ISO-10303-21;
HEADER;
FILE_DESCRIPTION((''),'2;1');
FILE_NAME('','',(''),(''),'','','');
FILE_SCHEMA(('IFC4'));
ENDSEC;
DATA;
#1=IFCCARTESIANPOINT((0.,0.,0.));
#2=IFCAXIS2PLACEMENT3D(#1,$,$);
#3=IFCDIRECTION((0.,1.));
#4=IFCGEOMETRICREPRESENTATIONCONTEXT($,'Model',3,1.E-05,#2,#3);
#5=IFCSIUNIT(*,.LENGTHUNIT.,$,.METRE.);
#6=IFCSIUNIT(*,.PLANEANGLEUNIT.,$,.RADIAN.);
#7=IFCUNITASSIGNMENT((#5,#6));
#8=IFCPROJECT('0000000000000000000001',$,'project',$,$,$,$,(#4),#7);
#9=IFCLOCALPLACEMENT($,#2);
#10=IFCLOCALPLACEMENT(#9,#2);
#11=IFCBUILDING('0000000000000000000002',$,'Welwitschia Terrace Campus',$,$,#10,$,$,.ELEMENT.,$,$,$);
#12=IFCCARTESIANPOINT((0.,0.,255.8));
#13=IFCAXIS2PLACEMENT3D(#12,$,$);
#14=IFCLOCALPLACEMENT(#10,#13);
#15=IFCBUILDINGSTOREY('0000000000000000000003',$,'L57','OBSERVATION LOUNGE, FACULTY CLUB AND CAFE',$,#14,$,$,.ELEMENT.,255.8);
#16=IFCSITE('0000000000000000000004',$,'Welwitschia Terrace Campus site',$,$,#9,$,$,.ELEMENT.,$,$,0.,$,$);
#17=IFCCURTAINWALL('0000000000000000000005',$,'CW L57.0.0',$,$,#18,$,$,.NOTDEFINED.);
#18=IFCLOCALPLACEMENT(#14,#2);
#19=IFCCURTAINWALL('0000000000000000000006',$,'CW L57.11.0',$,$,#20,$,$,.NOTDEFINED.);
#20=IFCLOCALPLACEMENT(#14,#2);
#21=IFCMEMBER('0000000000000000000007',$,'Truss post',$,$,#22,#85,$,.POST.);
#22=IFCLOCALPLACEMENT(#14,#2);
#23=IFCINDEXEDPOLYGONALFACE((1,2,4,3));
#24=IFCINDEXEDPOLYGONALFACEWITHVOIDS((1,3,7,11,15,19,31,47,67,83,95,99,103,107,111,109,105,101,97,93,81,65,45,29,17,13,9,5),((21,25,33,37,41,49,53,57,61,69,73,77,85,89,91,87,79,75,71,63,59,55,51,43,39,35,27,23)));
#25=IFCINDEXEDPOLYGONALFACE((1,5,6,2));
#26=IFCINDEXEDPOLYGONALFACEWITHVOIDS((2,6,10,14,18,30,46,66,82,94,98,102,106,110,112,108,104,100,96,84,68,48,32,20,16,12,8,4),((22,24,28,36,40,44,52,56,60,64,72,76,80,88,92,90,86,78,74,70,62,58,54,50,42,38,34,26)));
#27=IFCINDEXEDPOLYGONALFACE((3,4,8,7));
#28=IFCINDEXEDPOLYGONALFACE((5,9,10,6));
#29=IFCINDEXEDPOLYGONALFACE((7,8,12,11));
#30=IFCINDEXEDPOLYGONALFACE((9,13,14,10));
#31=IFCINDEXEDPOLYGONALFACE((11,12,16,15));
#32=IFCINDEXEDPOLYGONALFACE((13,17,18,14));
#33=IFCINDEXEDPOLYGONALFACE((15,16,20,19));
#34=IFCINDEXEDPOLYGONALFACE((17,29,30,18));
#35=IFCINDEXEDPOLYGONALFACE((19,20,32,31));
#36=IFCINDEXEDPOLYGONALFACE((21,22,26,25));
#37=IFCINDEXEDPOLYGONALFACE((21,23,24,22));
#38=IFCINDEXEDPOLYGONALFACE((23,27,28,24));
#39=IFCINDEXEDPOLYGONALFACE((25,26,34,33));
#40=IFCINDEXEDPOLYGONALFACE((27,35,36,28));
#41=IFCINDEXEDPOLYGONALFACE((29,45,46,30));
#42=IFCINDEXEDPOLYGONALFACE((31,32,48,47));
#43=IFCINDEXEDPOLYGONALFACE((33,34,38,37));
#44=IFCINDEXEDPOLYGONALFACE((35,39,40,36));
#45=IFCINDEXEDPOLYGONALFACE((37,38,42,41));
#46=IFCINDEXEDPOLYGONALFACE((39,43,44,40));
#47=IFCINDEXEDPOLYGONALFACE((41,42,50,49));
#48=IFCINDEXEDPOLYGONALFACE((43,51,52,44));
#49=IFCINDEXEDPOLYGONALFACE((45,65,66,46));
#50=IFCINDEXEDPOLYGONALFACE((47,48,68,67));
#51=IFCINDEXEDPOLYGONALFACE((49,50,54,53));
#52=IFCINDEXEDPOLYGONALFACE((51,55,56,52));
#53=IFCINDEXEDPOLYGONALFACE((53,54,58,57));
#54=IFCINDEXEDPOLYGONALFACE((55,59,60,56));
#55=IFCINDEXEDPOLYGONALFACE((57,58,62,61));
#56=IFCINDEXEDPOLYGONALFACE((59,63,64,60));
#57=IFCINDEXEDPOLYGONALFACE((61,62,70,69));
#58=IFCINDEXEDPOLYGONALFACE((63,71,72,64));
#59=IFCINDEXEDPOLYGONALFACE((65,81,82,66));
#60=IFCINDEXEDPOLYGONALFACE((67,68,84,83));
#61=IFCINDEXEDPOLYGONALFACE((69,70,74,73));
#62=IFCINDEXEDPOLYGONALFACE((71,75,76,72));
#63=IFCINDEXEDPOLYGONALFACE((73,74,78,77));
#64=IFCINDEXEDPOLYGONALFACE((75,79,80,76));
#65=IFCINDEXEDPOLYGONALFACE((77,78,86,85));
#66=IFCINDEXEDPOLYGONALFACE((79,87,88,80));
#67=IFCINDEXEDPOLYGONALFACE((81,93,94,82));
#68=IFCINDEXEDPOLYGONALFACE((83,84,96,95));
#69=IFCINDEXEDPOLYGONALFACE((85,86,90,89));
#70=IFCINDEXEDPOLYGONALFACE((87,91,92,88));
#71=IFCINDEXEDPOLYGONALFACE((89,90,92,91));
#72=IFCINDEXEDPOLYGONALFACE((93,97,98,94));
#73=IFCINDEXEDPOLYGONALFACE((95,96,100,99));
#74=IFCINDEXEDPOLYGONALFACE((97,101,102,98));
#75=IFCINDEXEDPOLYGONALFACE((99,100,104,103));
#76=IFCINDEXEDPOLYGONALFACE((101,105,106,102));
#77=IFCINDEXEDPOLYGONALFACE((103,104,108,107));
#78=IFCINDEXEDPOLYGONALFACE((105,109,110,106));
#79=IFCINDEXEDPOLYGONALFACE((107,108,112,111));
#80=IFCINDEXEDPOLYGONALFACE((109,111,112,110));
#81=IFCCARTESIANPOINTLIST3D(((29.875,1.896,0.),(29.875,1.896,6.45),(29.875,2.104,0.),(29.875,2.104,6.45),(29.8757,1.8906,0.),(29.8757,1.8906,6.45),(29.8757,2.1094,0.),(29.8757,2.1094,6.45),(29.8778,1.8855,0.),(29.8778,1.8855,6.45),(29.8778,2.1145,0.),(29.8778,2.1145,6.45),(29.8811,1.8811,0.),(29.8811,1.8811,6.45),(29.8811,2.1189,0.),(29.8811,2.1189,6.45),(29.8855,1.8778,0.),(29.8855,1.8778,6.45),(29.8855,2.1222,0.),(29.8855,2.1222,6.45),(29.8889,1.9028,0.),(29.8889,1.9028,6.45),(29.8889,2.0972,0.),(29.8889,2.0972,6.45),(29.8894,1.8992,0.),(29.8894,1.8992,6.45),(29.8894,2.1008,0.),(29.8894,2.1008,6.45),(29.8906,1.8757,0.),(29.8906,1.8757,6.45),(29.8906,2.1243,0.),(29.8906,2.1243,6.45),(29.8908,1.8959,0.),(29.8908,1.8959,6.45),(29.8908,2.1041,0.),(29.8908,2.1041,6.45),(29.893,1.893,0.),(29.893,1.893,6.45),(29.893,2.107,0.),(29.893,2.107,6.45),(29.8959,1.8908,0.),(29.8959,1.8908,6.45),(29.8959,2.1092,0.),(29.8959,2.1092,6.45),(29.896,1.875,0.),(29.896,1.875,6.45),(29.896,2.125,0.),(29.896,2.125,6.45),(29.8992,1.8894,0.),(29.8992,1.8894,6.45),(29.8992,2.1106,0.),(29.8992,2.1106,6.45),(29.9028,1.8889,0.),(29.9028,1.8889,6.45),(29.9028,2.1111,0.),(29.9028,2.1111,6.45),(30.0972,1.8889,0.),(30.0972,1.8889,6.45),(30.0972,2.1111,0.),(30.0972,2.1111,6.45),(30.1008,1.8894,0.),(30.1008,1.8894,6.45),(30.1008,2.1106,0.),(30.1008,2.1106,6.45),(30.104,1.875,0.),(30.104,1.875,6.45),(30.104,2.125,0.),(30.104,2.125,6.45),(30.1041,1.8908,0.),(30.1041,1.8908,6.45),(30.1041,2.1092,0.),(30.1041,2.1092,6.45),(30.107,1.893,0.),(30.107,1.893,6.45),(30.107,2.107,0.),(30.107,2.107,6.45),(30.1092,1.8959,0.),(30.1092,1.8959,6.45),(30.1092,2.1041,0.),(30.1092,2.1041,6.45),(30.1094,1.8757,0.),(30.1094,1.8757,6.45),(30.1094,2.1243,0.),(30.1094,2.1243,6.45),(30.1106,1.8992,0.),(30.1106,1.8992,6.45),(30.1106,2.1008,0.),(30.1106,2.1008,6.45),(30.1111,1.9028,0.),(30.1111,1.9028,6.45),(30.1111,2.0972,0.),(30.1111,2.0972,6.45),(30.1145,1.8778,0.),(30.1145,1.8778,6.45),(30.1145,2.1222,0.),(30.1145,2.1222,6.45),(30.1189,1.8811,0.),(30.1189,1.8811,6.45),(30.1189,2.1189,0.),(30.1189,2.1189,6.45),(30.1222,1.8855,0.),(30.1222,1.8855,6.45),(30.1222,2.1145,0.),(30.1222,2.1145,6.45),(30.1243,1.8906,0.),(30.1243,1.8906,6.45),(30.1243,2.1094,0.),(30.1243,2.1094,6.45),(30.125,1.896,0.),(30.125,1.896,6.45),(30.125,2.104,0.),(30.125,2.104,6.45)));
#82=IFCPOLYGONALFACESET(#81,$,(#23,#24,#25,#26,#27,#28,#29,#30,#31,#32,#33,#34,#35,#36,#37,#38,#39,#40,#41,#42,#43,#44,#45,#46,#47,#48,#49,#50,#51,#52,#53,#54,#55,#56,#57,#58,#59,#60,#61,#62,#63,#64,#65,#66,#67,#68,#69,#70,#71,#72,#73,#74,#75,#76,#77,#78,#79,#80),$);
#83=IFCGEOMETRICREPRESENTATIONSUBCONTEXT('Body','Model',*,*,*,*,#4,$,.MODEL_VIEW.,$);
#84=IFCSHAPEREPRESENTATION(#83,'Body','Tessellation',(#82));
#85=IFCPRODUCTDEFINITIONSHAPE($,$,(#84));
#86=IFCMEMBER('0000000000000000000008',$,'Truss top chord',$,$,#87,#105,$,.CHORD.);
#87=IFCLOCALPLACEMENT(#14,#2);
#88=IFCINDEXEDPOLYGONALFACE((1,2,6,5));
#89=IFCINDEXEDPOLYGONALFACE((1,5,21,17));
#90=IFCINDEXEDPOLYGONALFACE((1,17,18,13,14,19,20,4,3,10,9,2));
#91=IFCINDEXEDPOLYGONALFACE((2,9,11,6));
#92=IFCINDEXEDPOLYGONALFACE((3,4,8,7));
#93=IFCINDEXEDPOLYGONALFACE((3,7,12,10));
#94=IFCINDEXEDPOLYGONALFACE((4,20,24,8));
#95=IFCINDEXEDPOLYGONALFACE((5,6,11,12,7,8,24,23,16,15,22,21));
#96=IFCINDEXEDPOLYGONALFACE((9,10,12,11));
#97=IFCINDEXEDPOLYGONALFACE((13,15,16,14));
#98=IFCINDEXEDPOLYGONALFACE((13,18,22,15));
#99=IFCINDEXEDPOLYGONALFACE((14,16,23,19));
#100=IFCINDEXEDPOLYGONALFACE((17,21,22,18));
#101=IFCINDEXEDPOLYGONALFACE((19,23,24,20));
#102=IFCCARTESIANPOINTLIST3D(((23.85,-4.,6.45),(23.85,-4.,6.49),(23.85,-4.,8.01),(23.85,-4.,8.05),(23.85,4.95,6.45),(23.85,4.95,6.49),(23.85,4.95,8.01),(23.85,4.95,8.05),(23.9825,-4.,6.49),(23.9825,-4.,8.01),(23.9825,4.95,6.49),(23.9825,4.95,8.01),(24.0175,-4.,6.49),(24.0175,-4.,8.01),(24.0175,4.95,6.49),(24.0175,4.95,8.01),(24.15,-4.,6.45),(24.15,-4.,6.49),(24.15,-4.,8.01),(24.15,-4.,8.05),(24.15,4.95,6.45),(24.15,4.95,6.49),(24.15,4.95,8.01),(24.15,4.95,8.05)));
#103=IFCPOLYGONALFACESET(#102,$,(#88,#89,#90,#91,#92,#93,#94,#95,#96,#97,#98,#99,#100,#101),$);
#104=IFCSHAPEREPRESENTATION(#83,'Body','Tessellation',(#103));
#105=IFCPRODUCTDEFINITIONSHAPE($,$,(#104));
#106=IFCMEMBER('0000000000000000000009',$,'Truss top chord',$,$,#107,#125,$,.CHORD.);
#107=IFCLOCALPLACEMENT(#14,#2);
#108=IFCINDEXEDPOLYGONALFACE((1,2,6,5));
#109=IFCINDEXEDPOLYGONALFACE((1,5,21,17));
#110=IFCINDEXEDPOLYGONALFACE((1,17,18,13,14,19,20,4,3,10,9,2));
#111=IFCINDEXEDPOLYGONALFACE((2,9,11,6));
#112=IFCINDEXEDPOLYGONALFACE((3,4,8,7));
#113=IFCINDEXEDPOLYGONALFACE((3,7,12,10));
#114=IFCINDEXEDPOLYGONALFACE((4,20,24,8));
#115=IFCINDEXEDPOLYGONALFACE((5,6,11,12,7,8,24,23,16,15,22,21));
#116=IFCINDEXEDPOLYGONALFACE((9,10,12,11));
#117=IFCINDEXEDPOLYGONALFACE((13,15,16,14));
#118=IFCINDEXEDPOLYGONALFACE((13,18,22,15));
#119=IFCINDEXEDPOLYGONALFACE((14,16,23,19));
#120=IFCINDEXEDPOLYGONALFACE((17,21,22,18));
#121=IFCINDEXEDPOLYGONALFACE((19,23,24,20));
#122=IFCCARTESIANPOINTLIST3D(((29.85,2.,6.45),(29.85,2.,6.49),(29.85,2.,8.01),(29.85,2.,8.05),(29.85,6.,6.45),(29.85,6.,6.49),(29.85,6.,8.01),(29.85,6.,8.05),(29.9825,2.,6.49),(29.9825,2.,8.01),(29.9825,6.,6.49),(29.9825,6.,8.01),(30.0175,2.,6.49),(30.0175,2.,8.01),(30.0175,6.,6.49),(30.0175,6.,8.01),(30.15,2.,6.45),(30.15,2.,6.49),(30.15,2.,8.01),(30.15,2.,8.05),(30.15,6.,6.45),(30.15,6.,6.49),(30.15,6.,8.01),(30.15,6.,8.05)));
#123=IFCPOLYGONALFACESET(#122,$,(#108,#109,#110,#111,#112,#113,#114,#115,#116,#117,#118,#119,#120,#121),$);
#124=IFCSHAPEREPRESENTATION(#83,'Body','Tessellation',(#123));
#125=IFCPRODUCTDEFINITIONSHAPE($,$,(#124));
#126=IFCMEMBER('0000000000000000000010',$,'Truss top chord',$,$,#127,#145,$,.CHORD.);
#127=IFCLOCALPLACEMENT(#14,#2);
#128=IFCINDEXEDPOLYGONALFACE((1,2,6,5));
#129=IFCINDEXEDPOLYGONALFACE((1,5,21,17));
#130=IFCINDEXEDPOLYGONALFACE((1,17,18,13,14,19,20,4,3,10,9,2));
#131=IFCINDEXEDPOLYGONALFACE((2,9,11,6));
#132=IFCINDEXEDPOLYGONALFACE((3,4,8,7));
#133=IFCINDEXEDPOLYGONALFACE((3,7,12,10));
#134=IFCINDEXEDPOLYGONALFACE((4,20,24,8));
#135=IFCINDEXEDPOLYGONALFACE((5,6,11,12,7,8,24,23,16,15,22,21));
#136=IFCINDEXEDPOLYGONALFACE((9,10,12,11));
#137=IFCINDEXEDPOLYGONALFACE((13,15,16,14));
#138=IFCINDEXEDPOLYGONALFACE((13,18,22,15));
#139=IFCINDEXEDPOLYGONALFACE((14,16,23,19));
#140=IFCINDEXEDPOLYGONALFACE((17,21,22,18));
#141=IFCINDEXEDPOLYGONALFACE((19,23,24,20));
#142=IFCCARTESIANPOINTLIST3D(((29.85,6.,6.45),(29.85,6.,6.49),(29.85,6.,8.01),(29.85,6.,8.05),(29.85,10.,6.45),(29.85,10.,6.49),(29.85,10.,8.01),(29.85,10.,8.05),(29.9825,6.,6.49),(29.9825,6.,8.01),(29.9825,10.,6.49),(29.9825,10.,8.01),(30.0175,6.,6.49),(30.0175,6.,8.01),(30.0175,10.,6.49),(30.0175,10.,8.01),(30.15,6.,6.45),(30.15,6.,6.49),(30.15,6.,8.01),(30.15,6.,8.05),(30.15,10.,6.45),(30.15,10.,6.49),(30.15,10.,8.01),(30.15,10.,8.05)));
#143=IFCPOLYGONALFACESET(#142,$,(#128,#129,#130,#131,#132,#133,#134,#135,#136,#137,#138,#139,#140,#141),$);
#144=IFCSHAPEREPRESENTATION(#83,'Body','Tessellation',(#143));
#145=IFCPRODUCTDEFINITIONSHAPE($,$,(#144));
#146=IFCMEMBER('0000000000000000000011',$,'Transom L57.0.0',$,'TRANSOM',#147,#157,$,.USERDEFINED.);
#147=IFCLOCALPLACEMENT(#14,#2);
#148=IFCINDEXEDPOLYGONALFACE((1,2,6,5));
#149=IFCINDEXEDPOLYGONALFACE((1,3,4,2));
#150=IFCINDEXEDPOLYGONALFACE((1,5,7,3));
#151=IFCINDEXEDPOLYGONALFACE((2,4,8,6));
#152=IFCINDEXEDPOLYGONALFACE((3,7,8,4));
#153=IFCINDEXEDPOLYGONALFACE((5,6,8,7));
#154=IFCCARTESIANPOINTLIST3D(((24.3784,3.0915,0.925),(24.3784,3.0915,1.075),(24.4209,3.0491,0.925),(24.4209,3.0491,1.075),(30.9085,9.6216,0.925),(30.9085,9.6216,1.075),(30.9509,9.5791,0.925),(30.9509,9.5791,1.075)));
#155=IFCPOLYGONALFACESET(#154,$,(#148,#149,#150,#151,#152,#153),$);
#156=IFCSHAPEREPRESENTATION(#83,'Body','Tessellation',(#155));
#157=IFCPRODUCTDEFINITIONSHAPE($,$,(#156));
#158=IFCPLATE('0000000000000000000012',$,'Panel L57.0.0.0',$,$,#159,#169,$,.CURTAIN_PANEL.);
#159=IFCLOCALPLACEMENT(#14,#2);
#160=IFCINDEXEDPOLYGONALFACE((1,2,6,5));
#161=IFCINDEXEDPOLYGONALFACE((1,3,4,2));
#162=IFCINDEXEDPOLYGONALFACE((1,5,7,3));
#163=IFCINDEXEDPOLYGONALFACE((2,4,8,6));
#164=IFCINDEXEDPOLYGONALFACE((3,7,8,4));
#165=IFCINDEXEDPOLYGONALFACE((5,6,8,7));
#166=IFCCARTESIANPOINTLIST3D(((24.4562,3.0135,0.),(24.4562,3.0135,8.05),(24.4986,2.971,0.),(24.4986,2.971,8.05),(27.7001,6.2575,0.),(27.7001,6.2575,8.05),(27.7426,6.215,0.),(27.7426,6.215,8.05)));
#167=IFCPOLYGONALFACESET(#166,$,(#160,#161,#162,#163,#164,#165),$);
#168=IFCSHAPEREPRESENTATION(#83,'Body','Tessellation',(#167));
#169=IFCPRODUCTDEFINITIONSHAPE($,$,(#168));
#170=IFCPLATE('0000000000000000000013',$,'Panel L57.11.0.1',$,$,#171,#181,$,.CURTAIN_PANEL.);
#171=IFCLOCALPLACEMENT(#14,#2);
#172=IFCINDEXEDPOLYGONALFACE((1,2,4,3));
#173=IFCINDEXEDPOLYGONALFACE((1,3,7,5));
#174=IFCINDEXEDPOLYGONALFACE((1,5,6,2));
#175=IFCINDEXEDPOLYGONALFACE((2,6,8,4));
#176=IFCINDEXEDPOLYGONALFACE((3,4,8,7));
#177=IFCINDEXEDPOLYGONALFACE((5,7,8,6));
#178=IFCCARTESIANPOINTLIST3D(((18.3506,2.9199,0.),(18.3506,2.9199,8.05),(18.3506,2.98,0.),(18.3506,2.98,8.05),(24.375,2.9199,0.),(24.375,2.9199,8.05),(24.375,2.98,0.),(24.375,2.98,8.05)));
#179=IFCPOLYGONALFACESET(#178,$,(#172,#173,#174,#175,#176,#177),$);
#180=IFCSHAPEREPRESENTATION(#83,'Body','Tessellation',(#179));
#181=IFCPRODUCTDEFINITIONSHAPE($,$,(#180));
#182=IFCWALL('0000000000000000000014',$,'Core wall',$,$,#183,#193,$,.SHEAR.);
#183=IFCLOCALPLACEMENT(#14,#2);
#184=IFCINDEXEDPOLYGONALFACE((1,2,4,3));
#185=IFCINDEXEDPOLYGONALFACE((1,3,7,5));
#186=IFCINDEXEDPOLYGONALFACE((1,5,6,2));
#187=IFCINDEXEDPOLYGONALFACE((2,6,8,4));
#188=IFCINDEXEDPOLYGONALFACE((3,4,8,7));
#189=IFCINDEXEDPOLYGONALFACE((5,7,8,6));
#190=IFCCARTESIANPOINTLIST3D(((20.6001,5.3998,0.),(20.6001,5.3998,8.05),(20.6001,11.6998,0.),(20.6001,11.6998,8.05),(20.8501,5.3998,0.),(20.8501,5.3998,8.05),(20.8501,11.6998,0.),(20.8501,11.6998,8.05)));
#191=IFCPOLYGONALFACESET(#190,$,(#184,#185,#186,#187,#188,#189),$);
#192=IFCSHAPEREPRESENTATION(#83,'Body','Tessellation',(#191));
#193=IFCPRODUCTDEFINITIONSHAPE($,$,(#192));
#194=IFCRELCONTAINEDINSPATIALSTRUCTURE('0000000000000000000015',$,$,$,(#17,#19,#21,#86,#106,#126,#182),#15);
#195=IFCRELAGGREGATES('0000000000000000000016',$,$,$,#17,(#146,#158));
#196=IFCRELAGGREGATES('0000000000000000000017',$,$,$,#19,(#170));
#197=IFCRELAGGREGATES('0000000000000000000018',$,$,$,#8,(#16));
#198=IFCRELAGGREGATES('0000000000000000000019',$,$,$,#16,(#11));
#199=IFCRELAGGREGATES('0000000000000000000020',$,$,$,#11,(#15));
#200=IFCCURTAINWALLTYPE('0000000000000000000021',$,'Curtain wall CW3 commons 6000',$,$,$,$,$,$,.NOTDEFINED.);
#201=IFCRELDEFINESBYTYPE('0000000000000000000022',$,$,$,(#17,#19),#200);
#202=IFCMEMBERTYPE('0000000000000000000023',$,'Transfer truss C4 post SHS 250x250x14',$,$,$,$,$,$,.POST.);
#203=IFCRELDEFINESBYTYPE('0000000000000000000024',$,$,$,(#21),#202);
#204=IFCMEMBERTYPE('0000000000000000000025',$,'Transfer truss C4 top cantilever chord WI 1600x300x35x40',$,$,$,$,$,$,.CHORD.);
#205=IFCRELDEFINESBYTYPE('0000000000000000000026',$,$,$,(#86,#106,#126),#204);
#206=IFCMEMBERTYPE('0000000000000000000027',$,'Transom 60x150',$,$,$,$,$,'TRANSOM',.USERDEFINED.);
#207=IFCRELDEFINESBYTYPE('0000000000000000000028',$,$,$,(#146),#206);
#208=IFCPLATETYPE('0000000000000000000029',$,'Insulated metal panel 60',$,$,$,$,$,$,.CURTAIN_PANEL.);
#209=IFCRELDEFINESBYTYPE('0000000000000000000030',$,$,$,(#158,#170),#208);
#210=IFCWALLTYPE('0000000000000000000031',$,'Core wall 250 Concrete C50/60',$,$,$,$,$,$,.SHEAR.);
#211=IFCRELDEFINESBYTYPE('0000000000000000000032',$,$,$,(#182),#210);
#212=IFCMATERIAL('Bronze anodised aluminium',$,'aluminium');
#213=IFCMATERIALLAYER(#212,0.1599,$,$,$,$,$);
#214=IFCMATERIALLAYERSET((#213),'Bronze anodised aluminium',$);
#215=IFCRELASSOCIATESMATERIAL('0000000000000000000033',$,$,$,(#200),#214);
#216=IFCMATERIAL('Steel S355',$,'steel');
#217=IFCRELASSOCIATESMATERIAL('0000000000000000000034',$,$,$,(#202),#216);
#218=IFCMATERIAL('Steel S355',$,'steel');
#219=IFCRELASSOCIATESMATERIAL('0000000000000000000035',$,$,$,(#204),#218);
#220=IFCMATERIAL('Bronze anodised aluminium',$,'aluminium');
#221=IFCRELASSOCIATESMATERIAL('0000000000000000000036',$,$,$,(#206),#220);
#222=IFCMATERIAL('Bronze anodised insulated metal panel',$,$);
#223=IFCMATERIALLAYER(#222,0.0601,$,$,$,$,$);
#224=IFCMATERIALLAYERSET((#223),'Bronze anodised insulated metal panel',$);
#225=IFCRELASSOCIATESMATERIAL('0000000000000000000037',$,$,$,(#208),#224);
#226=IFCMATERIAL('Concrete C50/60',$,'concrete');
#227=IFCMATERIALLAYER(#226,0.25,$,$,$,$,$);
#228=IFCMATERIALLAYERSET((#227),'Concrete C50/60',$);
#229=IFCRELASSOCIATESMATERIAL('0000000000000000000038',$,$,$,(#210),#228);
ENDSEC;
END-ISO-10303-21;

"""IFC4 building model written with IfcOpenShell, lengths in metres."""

from ifc_helpers import new_model, si_unit, direction, frame, frame_2d, origin, origin_2d, place, context, subcontext, project, spatial, rectangle, hollow_rectangle, i_section, extrude, material, layer, layer_set, material_profile, profile_set, type_object, element, aggregate, save


model = new_model("IFC4")

# Units and contexts
model_context = context("Model", 3, precision=1e-05, world=origin(), true_north=direction((0.0, 1.0)))
body_context = subcontext(model_context, "Body", "Model", "MODEL_VIEW")
ifc_project = project(units=[si_unit("LENGTHUNIT", "METRE"), si_unit("PLANEANGLEUNIT", "RADIAN")], contexts=[model_context])

# Site, building, storey
site_placement = place(None, origin())
site = spatial("IfcSite", under=ifc_project, at=site_placement, Name="Welwitschia Terrace Campus site", CompositionType="ELEMENT", RefElevation=0.0)
building_placement = place(site_placement, origin())
building = spatial("IfcBuilding", under=site, at=building_placement, Name="Welwitschia Terrace Campus", CompositionType="ELEMENT")
storey_placement = place(building_placement, frame((0.0, 0.0, 255.8)))
storey = spatial("IfcBuildingStorey", under=building, at=storey_placement, Name="L57", Description="OBSERVATION LOUNGE, FACULTY CLUB AND CAFE", CompositionType="ELEMENT", Elevation=255.8)

# Curtain walls
ifc_material_1 = material(Name="Bronze anodised aluminium", Category="aluminium")
ifc_layer_1 = layer(ifc_material_1, 0.1599)
ifc_layer_set_1 = layer_set([ifc_layer_1], Name="Bronze anodised aluminium")
curtain_wall_type = type_object("IfcCurtainWallType", Name="Curtain wall CW3 commons 6000", PredefinedType="NOTDEFINED", material=ifc_layer_set_1)
curtain_wall_1_placement = place(storey_placement, origin())
curtain_wall_1 = element("IfcCurtainWall", 1, at=curtain_wall_1_placement, inside=storey, type_object=curtain_wall_type, Name="CW L57.0.0", PredefinedType="NOTDEFINED")
curtain_wall_2_placement = place(storey_placement, origin())
curtain_wall_2 = element("IfcCurtainWall", 2, at=curtain_wall_2_placement, inside=storey, type_object=curtain_wall_type, Name="CW L57.11.0", PredefinedType="NOTDEFINED")

# Members
ifc_material_2 = material(Name="Steel S355", Category="steel")
ifc_material_profile_1 = material_profile(ifc_material_2, hollow_rectangle(XDim=0.25, YDim=0.25, WallThickness=0.0139, InnerFilletRadius=0.0139, OuterFilletRadius=0.021, at=origin_2d()))
ifc_profile_set_1 = profile_set([ifc_material_profile_1], Name="Steel S355")
member_type_1 = type_object("IfcMemberType", Name="Transfer truss C4 post SHS 250x250x14", PredefinedType="POST", material=ifc_profile_set_1)
for number, where, z_axis, x_axis, name in (
    (3, (30.0, 2.0, 0.0), (0.0, 0.0, 1.0), (1.0, 0.0, 0.0), "Truss post"),
):
    element("IfcMember", number, at=place(storey_placement, frame(where, z_axis=z_axis, x_axis=x_axis)), inside=storey, type_object=member_type_1, Name=name, PredefinedType="POST", context=body_context, shape_type="SweptSolid", body=[
        extrude(hollow_rectangle(XDim=0.25, YDim=0.25, WallThickness=0.0139, InnerFilletRadius=0.0139, OuterFilletRadius=0.021, at=origin_2d()), origin(), (0.0, 0.0, 1.0), 6.45),
    ])
ifc_material_3 = material(Name="Steel S355", Category="steel")
ifc_material_profile_2 = material_profile(ifc_material_3, i_section(OverallWidth=0.3, OverallDepth=1.6001, WebThickness=0.0349, FlangeThickness=0.04, at=origin_2d()))
ifc_profile_set_2 = profile_set([ifc_material_profile_2], Name="Steel S355")
member_type_2 = type_object("IfcMemberType", Name="Transfer truss C4 top cantilever chord WI 1600x300x35x40", PredefinedType="CHORD", material=ifc_profile_set_2)
member_1_placement = place(storey_placement, frame((24.0, -4.0, 7.25), z_axis=(0.0, 1.0, 0.0), x_axis=(-1.0, 0.0, 0.0)))
element("IfcMember", 4, at=member_1_placement, inside=storey, type_object=member_type_2, Name="Truss top chord", PredefinedType="CHORD", context=body_context, shape_type="SweptSolid", body=[
    extrude(i_section(OverallWidth=0.3, OverallDepth=1.6001, WebThickness=0.0349, FlangeThickness=0.04, at=origin_2d()), origin(), (0.0, 0.0, 1.0), 8.95),
])
for number, where, z_axis, x_axis, name in (
    (5, (30.0, 2.0, 7.25), (0.0, 1.0, 0.0), (-1.0, 0.0, 0.0), "Truss top chord"),
    (6, (30.0, 6.0, 7.25), (0.0, 1.0, 0.0), (-1.0, 0.0, 0.0), "Truss top chord"),
):
    element("IfcMember", number, at=place(storey_placement, frame(where, z_axis=z_axis, x_axis=x_axis)), inside=storey, type_object=member_type_2, Name=name, PredefinedType="CHORD", context=body_context, shape_type="SweptSolid", body=[
        extrude(i_section(OverallWidth=0.3, OverallDepth=1.6001, WebThickness=0.0349, FlangeThickness=0.04, at=origin_2d()), origin(), (0.0, 0.0, 1.0), 4.0),
    ])

# Member
ifc_material_4 = material(Name="Bronze anodised aluminium", Category="aluminium")
ifc_material_profile_3 = material_profile(ifc_material_4, rectangle(XDim=0.0601, YDim=0.1499, at=origin_2d()))
ifc_profile_set_3 = profile_set([ifc_material_profile_3], Name="Bronze anodised aluminium")
member_type_3 = type_object("IfcMemberType", Name="Transom 60x150", ElementType="TRANSOM", PredefinedType="USERDEFINED", material=ifc_profile_set_3)
member_2_placement = place(storey_placement, frame((24.3997, 3.0703, 1.0), z_axis=(0.707107, 0.707107, 0.0), x_axis=(-0.707107, 0.707107, 0.0)))
member_2 = element("IfcMember", 7, at=member_2_placement, type_object=member_type_3, Name="Transom L57.0.0", ObjectType="TRANSOM", PredefinedType="USERDEFINED", context=body_context, shape_type="SweptSolid", body=[
    extrude(rectangle(XDim=0.0601, YDim=0.1499, at=origin_2d()), origin(), (0.0, 0.0, 1.0), 9.2349),
])

# Plates
ifc_material_5 = material(Name="Bronze anodised insulated metal panel")
ifc_layer_2 = layer(ifc_material_5, 0.0601)
ifc_layer_set_2 = layer_set([ifc_layer_2], Name="Bronze anodised insulated metal panel")
plate_type = type_object("IfcPlateType", Name="Insulated metal panel 60", PredefinedType="CURTAIN_PANEL", material=ifc_layer_set_2)
plate_1_placement = place(storey_placement, frame((26.0994, 4.6143, 0.0), z_axis=(0.0, 0.0, 1.0), x_axis=(0.707107, 0.707107, 0.0)))
plate_1 = element("IfcPlate", 8, at=plate_1_placement, type_object=plate_type, Name="Panel L57.0.0.0", PredefinedType="CURTAIN_PANEL", context=body_context, shape_type="SweptSolid", body=[
    extrude(rectangle(XDim=4.5876, YDim=0.0601, at=origin_2d()), origin(), (0.0, 0.0, 1.0), 8.05),
])
aggregate(curtain_wall_1, [member_2, plate_1])
plate_2_placement = place(storey_placement, frame((21.3628, 2.95, 0.0), z_axis=(0.0, 0.0, 1.0), x_axis=(1.0, 0.0, 0.0)))
plate_2 = element("IfcPlate", 9, at=plate_2_placement, type_object=plate_type, Name="Panel L57.11.0.1", PredefinedType="CURTAIN_PANEL", context=body_context, shape_type="SweptSolid", body=[
    extrude(rectangle(XDim=6.0244, YDim=0.0601, at=origin_2d()), origin(), (0.0, 0.0, 1.0), 8.05),
])
aggregate(curtain_wall_2, [plate_2])

# Wall
ifc_material_6 = material(Name="Concrete C50/60", Category="concrete")
ifc_layer_3 = layer(ifc_material_6, 0.25)
ifc_layer_set_3 = layer_set([ifc_layer_3], Name="Concrete C50/60")
wall_type_1 = type_object("IfcWallType", Name="Core wall 250 Concrete C50/60", PredefinedType="SHEAR", material=ifc_layer_set_3)
wall_1_placement = place(storey_placement, frame((20.7251, 5.3999, 0.0), z_axis=(0.0, 0.0, 1.0), x_axis=(0.0, 1.0, 0.0)))
element("IfcWall", 10, at=wall_1_placement, inside=storey, type_object=wall_type_1, Name="Core wall", PredefinedType="SHEAR", context=body_context, shape_type="SweptSolid", body=[
    extrude(rectangle(XDim=6.3, YDim=0.25, at=frame_2d((3.1499, 0.0))), origin(), (0.0, 0.0, 1.0), 8.05),
])

save(model, "model.ifc")
